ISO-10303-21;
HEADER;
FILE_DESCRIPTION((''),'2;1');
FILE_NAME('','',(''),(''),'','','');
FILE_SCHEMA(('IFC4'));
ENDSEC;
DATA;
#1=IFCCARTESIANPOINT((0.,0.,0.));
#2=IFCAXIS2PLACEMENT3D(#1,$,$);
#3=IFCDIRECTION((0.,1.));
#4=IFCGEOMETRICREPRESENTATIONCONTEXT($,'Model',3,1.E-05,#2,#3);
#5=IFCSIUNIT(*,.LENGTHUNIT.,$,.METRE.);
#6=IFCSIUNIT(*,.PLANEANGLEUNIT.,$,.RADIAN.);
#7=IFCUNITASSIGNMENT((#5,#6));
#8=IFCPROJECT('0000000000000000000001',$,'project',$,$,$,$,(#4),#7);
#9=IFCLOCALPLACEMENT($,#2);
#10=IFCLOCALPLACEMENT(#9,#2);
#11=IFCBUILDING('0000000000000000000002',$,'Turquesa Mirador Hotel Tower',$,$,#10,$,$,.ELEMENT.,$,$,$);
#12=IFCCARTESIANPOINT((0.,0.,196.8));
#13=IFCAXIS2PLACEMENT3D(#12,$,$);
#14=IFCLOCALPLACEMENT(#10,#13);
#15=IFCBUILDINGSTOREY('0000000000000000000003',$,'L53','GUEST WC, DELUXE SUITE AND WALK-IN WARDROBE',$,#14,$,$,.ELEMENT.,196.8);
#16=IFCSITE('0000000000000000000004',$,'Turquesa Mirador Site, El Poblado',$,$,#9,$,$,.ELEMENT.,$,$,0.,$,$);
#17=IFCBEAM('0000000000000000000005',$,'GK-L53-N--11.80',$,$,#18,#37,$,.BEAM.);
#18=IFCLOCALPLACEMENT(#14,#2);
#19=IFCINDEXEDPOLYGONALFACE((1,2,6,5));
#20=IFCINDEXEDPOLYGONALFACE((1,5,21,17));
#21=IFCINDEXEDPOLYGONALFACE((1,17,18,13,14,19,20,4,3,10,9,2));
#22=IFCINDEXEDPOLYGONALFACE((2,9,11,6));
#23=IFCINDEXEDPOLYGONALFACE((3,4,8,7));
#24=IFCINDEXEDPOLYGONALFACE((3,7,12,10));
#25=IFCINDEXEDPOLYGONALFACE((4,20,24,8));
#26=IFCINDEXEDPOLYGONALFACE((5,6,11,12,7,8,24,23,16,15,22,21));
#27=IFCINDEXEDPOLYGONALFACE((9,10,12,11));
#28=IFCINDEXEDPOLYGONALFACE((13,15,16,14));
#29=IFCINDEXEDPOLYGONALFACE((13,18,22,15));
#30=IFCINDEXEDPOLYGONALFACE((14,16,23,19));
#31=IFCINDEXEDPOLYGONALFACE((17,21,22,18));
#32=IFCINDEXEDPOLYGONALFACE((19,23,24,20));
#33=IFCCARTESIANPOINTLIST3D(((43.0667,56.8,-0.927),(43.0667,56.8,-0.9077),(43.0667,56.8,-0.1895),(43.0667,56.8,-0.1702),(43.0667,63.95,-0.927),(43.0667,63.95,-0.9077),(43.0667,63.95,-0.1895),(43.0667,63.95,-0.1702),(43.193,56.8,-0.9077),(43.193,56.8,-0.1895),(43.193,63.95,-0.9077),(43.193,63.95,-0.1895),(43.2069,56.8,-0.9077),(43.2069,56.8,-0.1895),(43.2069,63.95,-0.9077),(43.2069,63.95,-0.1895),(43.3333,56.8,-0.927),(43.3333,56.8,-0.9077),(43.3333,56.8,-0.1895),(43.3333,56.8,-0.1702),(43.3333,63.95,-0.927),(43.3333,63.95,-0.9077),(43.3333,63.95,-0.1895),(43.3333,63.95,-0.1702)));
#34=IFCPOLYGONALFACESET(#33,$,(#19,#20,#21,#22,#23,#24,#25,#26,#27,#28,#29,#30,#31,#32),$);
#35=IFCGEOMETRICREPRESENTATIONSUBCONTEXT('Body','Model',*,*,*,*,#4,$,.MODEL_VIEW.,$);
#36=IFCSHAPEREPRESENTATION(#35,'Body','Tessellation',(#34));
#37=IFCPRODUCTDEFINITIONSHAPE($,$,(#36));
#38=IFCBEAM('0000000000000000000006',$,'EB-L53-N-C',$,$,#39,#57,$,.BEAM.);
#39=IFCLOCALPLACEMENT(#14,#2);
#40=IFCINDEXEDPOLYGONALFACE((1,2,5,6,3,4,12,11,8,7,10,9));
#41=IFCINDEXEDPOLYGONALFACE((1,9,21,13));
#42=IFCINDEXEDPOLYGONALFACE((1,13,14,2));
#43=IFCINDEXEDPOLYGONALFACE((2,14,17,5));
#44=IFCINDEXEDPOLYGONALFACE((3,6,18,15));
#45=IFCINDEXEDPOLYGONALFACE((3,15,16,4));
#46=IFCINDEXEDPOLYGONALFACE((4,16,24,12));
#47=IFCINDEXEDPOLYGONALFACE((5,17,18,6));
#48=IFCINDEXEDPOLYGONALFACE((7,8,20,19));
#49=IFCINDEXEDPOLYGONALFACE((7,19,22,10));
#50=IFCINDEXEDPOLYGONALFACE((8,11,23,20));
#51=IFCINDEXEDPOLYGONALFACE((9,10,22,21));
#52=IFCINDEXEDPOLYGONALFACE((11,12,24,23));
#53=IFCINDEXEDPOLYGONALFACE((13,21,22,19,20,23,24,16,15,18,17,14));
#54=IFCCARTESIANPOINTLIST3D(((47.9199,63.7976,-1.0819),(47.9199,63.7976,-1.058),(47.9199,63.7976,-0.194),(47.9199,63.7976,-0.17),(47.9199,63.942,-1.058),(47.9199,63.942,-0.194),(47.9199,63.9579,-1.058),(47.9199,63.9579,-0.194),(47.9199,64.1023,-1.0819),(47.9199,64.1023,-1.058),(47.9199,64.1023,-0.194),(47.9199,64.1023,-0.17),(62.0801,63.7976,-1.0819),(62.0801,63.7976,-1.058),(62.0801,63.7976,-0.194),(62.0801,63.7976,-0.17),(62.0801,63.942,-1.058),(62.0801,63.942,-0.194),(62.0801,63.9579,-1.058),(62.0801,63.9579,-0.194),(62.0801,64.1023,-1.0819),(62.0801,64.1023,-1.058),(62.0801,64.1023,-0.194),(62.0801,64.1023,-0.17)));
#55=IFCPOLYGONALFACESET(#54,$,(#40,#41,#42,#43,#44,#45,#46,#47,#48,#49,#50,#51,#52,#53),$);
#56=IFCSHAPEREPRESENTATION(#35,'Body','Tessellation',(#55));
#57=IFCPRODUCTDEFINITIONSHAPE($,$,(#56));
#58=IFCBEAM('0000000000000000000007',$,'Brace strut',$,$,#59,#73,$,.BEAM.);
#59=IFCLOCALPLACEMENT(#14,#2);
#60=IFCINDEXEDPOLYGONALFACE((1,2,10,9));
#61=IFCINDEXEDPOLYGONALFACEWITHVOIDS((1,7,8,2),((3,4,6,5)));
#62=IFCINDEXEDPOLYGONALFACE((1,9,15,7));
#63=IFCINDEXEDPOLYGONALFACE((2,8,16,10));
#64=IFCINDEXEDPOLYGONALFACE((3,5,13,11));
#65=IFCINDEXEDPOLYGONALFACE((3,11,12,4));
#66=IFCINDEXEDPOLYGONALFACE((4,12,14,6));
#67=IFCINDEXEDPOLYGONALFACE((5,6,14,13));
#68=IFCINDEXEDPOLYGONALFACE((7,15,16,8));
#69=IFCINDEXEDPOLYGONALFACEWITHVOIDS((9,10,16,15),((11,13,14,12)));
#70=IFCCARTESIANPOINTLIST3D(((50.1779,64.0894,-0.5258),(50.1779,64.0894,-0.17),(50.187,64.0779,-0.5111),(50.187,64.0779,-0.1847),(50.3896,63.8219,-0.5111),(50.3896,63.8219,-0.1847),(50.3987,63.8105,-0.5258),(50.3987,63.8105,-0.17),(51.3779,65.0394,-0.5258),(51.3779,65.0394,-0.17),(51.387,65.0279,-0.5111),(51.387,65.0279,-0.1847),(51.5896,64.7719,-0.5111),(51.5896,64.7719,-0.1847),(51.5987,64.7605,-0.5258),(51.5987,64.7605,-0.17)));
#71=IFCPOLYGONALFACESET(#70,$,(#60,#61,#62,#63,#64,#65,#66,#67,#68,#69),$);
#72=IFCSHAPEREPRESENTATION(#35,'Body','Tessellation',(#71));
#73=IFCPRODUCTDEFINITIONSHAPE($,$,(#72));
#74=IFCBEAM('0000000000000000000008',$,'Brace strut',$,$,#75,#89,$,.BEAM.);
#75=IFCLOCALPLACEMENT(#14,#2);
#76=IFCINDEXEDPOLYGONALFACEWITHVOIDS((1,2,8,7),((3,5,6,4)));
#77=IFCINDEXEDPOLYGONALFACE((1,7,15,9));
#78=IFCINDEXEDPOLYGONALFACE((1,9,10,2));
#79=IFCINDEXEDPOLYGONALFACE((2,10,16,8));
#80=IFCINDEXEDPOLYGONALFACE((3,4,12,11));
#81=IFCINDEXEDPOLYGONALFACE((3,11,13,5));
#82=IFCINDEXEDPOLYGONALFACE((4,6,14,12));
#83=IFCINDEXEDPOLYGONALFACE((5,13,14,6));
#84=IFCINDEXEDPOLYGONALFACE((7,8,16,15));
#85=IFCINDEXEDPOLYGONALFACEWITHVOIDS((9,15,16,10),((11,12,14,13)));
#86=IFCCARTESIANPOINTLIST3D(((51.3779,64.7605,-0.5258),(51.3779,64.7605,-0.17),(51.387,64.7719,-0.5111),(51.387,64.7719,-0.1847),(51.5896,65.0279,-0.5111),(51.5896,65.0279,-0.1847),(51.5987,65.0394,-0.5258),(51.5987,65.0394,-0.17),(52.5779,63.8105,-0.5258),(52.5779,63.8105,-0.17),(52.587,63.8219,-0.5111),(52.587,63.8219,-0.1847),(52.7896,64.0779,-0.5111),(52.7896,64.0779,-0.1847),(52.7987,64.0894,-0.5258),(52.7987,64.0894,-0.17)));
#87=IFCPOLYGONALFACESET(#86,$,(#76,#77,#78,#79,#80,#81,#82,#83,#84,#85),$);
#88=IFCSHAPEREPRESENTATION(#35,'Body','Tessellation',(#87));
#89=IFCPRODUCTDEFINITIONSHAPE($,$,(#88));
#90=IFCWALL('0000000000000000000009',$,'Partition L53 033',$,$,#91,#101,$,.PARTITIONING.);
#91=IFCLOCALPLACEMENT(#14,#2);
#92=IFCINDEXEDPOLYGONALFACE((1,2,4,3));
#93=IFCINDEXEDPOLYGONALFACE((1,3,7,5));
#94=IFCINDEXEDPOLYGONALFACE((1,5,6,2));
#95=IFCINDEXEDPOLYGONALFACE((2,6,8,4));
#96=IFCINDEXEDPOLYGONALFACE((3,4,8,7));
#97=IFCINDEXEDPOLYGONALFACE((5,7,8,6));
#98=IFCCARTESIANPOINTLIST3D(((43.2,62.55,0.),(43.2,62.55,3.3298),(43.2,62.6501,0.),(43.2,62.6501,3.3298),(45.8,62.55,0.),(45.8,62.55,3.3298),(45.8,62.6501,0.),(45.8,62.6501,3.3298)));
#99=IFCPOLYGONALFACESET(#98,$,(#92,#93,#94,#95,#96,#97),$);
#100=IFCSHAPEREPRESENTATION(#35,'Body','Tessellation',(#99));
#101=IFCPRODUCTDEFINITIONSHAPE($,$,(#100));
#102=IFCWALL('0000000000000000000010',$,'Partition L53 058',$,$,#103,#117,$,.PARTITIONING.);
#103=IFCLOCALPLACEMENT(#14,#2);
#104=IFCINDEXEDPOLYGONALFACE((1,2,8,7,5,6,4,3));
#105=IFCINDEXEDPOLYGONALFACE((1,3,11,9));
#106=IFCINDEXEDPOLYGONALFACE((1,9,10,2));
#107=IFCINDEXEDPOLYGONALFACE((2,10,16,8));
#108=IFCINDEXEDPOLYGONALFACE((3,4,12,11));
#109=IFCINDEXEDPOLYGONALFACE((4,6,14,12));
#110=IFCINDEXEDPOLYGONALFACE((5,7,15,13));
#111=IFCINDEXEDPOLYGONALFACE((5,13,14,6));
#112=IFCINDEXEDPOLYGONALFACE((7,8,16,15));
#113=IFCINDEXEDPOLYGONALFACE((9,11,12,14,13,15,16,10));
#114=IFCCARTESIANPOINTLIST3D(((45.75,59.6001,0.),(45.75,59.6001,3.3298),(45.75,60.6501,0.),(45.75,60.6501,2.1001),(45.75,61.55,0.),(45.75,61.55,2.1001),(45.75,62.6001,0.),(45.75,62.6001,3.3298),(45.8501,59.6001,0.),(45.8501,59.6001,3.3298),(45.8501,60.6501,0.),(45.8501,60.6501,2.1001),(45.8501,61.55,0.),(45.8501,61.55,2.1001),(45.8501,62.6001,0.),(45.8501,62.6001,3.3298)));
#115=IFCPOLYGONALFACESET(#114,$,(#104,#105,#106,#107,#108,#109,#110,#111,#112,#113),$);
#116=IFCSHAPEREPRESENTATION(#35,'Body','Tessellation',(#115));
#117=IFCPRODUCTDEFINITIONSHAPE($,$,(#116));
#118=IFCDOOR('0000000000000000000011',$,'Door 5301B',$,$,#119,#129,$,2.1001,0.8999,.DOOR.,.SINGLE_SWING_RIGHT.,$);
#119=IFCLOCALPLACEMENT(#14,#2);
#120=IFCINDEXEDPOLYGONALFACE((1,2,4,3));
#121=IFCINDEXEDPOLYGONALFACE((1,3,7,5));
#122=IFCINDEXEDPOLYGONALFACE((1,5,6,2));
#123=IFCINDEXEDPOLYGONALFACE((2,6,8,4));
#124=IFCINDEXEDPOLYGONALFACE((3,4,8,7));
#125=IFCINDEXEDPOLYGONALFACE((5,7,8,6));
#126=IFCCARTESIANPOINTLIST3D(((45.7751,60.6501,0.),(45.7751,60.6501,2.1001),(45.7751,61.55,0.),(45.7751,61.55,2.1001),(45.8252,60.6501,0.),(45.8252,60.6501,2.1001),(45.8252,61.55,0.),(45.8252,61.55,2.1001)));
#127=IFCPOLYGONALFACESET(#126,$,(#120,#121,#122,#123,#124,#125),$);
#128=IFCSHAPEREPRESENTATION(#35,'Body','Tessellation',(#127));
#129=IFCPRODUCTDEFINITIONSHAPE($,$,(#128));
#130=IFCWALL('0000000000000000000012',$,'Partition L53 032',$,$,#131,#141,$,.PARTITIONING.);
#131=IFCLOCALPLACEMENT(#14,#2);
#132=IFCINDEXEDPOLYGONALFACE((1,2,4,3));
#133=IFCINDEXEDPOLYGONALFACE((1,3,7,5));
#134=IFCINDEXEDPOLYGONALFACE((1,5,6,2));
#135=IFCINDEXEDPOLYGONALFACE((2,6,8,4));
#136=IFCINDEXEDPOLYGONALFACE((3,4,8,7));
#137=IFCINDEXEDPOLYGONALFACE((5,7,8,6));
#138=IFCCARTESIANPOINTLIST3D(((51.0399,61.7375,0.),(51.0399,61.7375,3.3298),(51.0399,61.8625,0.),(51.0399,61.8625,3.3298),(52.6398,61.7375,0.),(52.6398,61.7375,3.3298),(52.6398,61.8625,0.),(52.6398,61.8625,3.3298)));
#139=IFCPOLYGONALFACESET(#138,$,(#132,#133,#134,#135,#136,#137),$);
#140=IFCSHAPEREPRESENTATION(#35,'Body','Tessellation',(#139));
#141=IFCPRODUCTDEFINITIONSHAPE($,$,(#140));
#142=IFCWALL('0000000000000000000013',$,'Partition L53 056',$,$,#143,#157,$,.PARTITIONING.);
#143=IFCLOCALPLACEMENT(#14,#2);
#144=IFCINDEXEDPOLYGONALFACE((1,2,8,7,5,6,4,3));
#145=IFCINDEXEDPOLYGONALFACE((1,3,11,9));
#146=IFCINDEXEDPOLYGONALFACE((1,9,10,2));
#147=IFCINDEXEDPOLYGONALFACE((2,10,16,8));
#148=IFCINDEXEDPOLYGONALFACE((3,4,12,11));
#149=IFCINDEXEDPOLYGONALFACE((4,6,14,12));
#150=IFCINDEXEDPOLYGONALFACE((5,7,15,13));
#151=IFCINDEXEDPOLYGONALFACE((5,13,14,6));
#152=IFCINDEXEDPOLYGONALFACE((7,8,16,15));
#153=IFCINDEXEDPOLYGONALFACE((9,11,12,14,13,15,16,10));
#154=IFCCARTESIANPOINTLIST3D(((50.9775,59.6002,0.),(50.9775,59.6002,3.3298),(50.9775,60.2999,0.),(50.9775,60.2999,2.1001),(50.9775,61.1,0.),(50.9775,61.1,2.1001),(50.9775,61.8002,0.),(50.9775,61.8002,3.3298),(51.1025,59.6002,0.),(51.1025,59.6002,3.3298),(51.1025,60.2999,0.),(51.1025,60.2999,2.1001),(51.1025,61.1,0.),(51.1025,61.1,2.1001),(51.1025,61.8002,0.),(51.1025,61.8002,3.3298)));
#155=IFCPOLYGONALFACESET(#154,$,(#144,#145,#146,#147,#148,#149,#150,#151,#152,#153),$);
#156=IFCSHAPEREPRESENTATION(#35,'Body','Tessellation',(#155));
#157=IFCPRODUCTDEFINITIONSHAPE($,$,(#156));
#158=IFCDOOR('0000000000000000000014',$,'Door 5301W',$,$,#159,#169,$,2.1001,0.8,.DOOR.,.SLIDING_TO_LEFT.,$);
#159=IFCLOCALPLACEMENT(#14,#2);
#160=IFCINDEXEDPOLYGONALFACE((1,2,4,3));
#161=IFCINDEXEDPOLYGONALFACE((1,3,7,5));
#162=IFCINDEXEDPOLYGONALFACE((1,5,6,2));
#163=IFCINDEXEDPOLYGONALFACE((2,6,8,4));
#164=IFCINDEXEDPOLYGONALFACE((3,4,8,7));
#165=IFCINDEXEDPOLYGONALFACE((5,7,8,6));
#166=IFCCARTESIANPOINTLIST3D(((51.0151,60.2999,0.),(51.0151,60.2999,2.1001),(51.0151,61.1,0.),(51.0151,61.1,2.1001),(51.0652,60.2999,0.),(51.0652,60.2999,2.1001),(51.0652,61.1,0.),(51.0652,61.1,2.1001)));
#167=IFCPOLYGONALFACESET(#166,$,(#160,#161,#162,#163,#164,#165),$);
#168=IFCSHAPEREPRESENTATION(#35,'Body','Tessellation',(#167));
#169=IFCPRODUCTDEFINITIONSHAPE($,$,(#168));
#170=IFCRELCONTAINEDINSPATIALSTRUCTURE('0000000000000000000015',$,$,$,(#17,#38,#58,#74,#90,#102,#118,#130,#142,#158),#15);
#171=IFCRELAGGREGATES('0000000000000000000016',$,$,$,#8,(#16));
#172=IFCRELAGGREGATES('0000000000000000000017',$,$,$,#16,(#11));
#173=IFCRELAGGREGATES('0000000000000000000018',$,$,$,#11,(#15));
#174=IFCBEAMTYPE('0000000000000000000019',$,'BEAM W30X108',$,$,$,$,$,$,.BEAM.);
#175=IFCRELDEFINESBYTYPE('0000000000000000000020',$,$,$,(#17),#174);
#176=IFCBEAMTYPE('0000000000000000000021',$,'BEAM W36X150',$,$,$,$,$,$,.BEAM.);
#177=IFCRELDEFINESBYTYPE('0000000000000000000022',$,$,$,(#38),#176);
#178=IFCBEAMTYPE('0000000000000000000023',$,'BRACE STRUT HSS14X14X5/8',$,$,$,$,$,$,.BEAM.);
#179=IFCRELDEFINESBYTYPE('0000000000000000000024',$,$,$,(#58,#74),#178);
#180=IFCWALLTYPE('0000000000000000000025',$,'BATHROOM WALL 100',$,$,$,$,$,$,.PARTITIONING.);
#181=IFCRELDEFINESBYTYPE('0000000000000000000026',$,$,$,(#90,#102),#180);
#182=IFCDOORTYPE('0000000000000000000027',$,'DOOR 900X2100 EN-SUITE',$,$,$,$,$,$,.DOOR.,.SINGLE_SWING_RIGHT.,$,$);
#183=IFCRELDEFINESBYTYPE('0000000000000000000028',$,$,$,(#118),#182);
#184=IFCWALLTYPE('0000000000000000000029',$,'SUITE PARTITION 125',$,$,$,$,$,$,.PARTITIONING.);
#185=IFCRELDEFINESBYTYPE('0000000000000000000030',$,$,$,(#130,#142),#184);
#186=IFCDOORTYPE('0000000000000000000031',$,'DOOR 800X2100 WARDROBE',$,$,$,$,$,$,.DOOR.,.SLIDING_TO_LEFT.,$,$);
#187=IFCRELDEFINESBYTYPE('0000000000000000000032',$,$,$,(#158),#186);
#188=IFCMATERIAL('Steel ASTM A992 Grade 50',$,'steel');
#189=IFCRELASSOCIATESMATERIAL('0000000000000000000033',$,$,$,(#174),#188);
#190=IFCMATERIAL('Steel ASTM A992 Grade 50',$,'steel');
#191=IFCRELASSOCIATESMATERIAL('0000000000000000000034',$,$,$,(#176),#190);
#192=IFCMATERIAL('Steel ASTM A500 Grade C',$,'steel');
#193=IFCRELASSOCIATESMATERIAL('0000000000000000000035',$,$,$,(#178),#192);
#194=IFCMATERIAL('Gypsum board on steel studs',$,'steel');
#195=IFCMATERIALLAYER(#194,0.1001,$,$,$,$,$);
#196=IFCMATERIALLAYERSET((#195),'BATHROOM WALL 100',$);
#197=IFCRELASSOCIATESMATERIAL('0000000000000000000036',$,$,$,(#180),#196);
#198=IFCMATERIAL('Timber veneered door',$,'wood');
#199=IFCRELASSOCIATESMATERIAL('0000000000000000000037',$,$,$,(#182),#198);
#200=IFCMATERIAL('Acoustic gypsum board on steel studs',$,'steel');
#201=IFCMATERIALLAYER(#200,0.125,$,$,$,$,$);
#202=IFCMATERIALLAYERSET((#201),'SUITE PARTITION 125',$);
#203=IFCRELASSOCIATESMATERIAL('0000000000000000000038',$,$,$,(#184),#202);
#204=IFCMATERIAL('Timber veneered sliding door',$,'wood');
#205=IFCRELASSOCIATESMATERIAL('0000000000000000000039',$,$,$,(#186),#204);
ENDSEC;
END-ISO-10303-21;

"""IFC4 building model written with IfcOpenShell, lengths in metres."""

from ifc_helpers import new_model, si_unit, direction, frame, frame_2d, origin, origin_2d, place, context, subcontext, project, spatial, rectangle, hollow_rectangle, i_section, extrude, material, layer, layer_set, material_profile, profile_set, type_object, element, fill, save


model = new_model("IFC4")

# Units and contexts
model_context = context("Model", 3, precision=1e-05, world=origin(), true_north=direction((0.0, 1.0)))
body_context = subcontext(model_context, "Body", "Model", "MODEL_VIEW")
ifc_project = project(units=[si_unit("LENGTHUNIT", "METRE"), si_unit("PLANEANGLEUNIT", "RADIAN")], contexts=[model_context])

# Site, building, storey
site_placement = place(None, origin())
site = spatial("IfcSite", under=ifc_project, at=site_placement, Name="Turquesa Mirador Site, El Poblado", CompositionType="ELEMENT", RefElevation=0.0)
building_placement = place(site_placement, origin())
building = spatial("IfcBuilding", under=site, at=building_placement, Name="Turquesa Mirador Hotel Tower", CompositionType="ELEMENT")
storey_placement = place(building_placement, frame((0.0, 0.0, 196.8)))
storey = spatial("IfcBuildingStorey", under=building, at=storey_placement, Name="L53", Description="GUEST WC, DELUXE SUITE AND WALK-IN WARDROBE", CompositionType="ELEMENT", Elevation=196.8)

# Beams
ifc_material_1 = material(Name="Steel ASTM A992 Grade 50", Category="steel")
ifc_material_profile_1 = material_profile(ifc_material_1, i_section(OverallWidth=0.2666, OverallDepth=0.7568, WebThickness=0.0139, FlangeThickness=0.0193, at=origin_2d()), Name="W30X108")
ifc_profile_set_1 = profile_set([ifc_material_profile_1], Name="Steel ASTM A992 Grade 50")
beam_type_1 = type_object("IfcBeamType", Name="BEAM W30X108", PredefinedType="BEAM", material=ifc_profile_set_1)
beam_1_placement = place(storey_placement, frame((43.2, 63.95, -0.5486), z_axis=(0.0, -1.0, 0.0), x_axis=(1.0, 0.0, 0.0)))
element("IfcBeam", 1, at=beam_1_placement, inside=storey, type_object=beam_type_1, Name="GK-L53-N--11.80", PredefinedType="BEAM", context=body_context, shape_type="SweptSolid", body=[
    extrude(i_section(OverallWidth=0.2666, OverallDepth=0.7568, WebThickness=0.0139, FlangeThickness=0.0193, at=origin_2d()), origin(), (0.0, 0.0, 1.0), 7.1499),
])
ifc_material_2 = material(Name="Steel ASTM A992 Grade 50", Category="steel")
ifc_material_profile_2 = material_profile(ifc_material_2, i_section(OverallWidth=0.3047, OverallDepth=0.9119, WebThickness=0.0159, FlangeThickness=0.0239, at=origin_2d()), Name="W36X150")
ifc_profile_set_2 = profile_set([ifc_material_profile_2], Name="Steel ASTM A992 Grade 50")
beam_type_2 = type_object("IfcBeamType", Name="BEAM W36X150", PredefinedType="BEAM", material=ifc_profile_set_2)
beam_2_placement = place(storey_placement, frame((47.9199, 63.95, -0.626), z_axis=(1.0, 0.0, 0.0), x_axis=(0.0, 1.0, 0.0)))
element("IfcBeam", 2, at=beam_2_placement, inside=storey, type_object=beam_type_2, Name="EB-L53-N-C", PredefinedType="BEAM", context=body_context, shape_type="SweptSolid", body=[
    extrude(i_section(OverallWidth=0.3047, OverallDepth=0.9119, WebThickness=0.0159, FlangeThickness=0.0239, at=origin_2d()), origin(), (0.0, 0.0, 1.0), 14.1602),
])
ifc_material_3 = material(Name="Steel ASTM A500 Grade C", Category="steel")
ifc_material_profile_3 = material_profile(ifc_material_3, hollow_rectangle(XDim=0.3557, YDim=0.3557, WallThickness=0.0146, at=origin_2d()), Name="HSS14X14X5/8")
ifc_profile_set_3 = profile_set([ifc_material_profile_3], Name="Steel ASTM A500 Grade C")
beam_type_3 = type_object("IfcBeamType", Name="BRACE STRUT HSS14X14X5/8", PredefinedType="BEAM", material=ifc_profile_set_3)
for number, where, z_axis, x_axis, name in (
    (3, (51.4883, 64.8999, -0.3479), (-0.784049, -0.620699, 0.0), (0.620699, -0.784049, 0.0), "Brace strut"),
    (4, (51.4883, 64.8999, -0.3479), (0.784049, -0.620699, 0.0), (0.620699, 0.784049, 0.0), "Brace strut"),
):
    element("IfcBeam", number, at=place(storey_placement, frame(where, z_axis=z_axis, x_axis=x_axis)), inside=storey, type_object=beam_type_3, Name=name, PredefinedType="BEAM", context=body_context, shape_type="SweptSolid", body=[
        extrude(hollow_rectangle(XDim=0.3557, YDim=0.3557, WallThickness=0.0146, at=origin_2d()), origin(), (0.0, 0.0, 1.0), 1.5305),
    ])

# Wall
ifc_material_4 = material(Name="Gypsum board on steel studs", Category="steel")
ifc_layer_1 = layer(ifc_material_4, 0.1001)
ifc_layer_set_1 = layer_set([ifc_layer_1], Name="BATHROOM WALL 100")
wall_type_1 = type_object("IfcWallType", Name="BATHROOM WALL 100", PredefinedType="PARTITIONING", material=ifc_layer_set_1)
wall_1_placement = place(storey_placement, frame((43.2, 62.6001, 0.0), z_axis=(0.0, 0.0, 1.0), x_axis=(1.0, 0.0, 0.0)))
element("IfcWall", 5, at=wall_1_placement, inside=storey, type_object=wall_type_1, Name="Partition L53 033", PredefinedType="PARTITIONING", context=body_context, shape_type="SweptSolid", body=[
    extrude(rectangle(XDim=2.6001, YDim=0.1001, at=frame_2d((1.3, 0.0))), origin(), (0.0, 0.0, 1.0), 3.3298),
])

# Wall, opening, door
wall_2_placement = place(storey_placement, frame((45.8, 59.6001, 0.0), z_axis=(0.0, 0.0, 1.0), x_axis=(0.0, 1.0, 0.0)))
wall_2 = element("IfcWall", 6, at=wall_2_placement, inside=storey, type_object=wall_type_1, Name="Partition L53 058", PredefinedType="PARTITIONING", context=body_context, shape_type="SweptSolid", body=[
    extrude(rectangle(XDim=3.0, YDim=0.1001, at=frame_2d((1.5, 0.0))), origin(), (0.0, 0.0, 1.0), 3.3298),
])
opening_1_placement = place(wall_2_placement, frame((1.05, 0.0, 0.0)))
opening_1 = element("IfcOpeningElement", 7, at=opening_1_placement, cuts=wall_2, PredefinedType="OPENING", context=body_context, shape_type="SweptSolid", body=[
    extrude(rectangle(XDim=0.8999, YDim=2.1001, at=frame_2d((0.45, 1.05))), frame((0.0, 0.0601, 0.0), z_axis=(0.0, -1.0, 0.0), x_axis=(1.0, 0.0, 0.0)), (0.0, 0.0, 1.0), 0.1201),
])
ifc_material_5 = material(Name="Timber veneered door", Category="wood")
door_type_1 = type_object("IfcDoorType", Name="DOOR 900X2100 EN-SUITE", OperationType="SINGLE_SWING_RIGHT", PredefinedType="DOOR", material=ifc_material_5)
door_1_placement = place(opening_1_placement, origin())
door_1 = element("IfcDoor", 8, at=door_1_placement, inside=storey, type_object=door_type_1, Name="Door 5301B", OperationType="SINGLE_SWING_RIGHT", OverallHeight=2.1001, OverallWidth=0.8999, PredefinedType="DOOR", context=body_context, shape_type="SweptSolid", body=[
    extrude(rectangle(XDim=0.8999, YDim=2.1001, at=frame_2d((0.45, 1.05))), frame((0.0, 0.0249, 0.0), z_axis=(0.0, -1.0, 0.0), x_axis=(1.0, 0.0, 0.0)), (0.0, 0.0, 1.0), 0.05),
])
fill(opening_1, door_1)

# Wall
ifc_material_6 = material(Name="Acoustic gypsum board on steel studs", Category="steel")
ifc_layer_2 = layer(ifc_material_6, 0.125)
ifc_layer_set_2 = layer_set([ifc_layer_2], Name="SUITE PARTITION 125")
wall_type_2 = type_object("IfcWallType", Name="SUITE PARTITION 125", PredefinedType="PARTITIONING", material=ifc_layer_set_2)
wall_3_placement = place(storey_placement, frame((51.04, 61.8, 0.0), z_axis=(0.0, 0.0, 1.0), x_axis=(1.0, 0.0, 0.0)))
element("IfcWall", 9, at=wall_3_placement, inside=storey, type_object=wall_type_2, Name="Partition L53 032", PredefinedType="PARTITIONING", context=body_context, shape_type="SweptSolid", body=[
    extrude(rectangle(XDim=1.5999, YDim=0.125, at=frame_2d((0.7998, 0.0))), origin(), (0.0, 0.0, 1.0), 3.3298),
])

# Wall, opening, door
wall_4_placement = place(storey_placement, frame((51.04, 59.6001, 0.0), z_axis=(0.0, 0.0, 1.0), x_axis=(0.0, 1.0, 0.0)))
wall_4 = element("IfcWall", 10, at=wall_4_placement, inside=storey, type_object=wall_type_2, Name="Partition L53 056", PredefinedType="PARTITIONING", context=body_context, shape_type="SweptSolid", body=[
    extrude(rectangle(XDim=2.2, YDim=0.125, at=frame_2d((1.1001, 0.0))), origin(), (0.0, 0.0, 1.0), 3.3298),
])
opening_2_placement = place(wall_4_placement, frame((0.7, 0.0, 0.0)))
opening_2 = element("IfcOpeningElement", 11, at=opening_2_placement, cuts=wall_4, PredefinedType="OPENING", context=body_context, shape_type="SweptSolid", body=[
    extrude(rectangle(XDim=0.8, YDim=2.1001, at=frame_2d((0.3999, 1.05))), frame((0.0, 0.0725, 0.0), z_axis=(0.0, -1.0, 0.0), x_axis=(1.0, 0.0, 0.0)), (0.0, 0.0, 1.0), 0.145),
])
ifc_material_7 = material(Name="Timber veneered sliding door", Category="wood")
door_type_2 = type_object("IfcDoorType", Name="DOOR 800X2100 WARDROBE", OperationType="SLIDING_TO_LEFT", PredefinedType="DOOR", material=ifc_material_7)
door_2_placement = place(opening_2_placement, origin())
door_2 = element("IfcDoor", 12, at=door_2_placement, inside=storey, type_object=door_type_2, Name="Door 5301W", OperationType="SLIDING_TO_LEFT", OverallHeight=2.1001, OverallWidth=0.8, PredefinedType="DOOR", context=body_context, shape_type="SweptSolid", body=[
    extrude(rectangle(XDim=0.8, YDim=2.1001, at=frame_2d((0.3999, 1.05))), frame((0.0, 0.0249, 0.0), z_axis=(0.0, -1.0, 0.0), x_axis=(1.0, 0.0, 0.0)), (0.0, 0.0, 1.0), 0.05),
])
fill(opening_2, door_2)

save(model, "model.ifc")
